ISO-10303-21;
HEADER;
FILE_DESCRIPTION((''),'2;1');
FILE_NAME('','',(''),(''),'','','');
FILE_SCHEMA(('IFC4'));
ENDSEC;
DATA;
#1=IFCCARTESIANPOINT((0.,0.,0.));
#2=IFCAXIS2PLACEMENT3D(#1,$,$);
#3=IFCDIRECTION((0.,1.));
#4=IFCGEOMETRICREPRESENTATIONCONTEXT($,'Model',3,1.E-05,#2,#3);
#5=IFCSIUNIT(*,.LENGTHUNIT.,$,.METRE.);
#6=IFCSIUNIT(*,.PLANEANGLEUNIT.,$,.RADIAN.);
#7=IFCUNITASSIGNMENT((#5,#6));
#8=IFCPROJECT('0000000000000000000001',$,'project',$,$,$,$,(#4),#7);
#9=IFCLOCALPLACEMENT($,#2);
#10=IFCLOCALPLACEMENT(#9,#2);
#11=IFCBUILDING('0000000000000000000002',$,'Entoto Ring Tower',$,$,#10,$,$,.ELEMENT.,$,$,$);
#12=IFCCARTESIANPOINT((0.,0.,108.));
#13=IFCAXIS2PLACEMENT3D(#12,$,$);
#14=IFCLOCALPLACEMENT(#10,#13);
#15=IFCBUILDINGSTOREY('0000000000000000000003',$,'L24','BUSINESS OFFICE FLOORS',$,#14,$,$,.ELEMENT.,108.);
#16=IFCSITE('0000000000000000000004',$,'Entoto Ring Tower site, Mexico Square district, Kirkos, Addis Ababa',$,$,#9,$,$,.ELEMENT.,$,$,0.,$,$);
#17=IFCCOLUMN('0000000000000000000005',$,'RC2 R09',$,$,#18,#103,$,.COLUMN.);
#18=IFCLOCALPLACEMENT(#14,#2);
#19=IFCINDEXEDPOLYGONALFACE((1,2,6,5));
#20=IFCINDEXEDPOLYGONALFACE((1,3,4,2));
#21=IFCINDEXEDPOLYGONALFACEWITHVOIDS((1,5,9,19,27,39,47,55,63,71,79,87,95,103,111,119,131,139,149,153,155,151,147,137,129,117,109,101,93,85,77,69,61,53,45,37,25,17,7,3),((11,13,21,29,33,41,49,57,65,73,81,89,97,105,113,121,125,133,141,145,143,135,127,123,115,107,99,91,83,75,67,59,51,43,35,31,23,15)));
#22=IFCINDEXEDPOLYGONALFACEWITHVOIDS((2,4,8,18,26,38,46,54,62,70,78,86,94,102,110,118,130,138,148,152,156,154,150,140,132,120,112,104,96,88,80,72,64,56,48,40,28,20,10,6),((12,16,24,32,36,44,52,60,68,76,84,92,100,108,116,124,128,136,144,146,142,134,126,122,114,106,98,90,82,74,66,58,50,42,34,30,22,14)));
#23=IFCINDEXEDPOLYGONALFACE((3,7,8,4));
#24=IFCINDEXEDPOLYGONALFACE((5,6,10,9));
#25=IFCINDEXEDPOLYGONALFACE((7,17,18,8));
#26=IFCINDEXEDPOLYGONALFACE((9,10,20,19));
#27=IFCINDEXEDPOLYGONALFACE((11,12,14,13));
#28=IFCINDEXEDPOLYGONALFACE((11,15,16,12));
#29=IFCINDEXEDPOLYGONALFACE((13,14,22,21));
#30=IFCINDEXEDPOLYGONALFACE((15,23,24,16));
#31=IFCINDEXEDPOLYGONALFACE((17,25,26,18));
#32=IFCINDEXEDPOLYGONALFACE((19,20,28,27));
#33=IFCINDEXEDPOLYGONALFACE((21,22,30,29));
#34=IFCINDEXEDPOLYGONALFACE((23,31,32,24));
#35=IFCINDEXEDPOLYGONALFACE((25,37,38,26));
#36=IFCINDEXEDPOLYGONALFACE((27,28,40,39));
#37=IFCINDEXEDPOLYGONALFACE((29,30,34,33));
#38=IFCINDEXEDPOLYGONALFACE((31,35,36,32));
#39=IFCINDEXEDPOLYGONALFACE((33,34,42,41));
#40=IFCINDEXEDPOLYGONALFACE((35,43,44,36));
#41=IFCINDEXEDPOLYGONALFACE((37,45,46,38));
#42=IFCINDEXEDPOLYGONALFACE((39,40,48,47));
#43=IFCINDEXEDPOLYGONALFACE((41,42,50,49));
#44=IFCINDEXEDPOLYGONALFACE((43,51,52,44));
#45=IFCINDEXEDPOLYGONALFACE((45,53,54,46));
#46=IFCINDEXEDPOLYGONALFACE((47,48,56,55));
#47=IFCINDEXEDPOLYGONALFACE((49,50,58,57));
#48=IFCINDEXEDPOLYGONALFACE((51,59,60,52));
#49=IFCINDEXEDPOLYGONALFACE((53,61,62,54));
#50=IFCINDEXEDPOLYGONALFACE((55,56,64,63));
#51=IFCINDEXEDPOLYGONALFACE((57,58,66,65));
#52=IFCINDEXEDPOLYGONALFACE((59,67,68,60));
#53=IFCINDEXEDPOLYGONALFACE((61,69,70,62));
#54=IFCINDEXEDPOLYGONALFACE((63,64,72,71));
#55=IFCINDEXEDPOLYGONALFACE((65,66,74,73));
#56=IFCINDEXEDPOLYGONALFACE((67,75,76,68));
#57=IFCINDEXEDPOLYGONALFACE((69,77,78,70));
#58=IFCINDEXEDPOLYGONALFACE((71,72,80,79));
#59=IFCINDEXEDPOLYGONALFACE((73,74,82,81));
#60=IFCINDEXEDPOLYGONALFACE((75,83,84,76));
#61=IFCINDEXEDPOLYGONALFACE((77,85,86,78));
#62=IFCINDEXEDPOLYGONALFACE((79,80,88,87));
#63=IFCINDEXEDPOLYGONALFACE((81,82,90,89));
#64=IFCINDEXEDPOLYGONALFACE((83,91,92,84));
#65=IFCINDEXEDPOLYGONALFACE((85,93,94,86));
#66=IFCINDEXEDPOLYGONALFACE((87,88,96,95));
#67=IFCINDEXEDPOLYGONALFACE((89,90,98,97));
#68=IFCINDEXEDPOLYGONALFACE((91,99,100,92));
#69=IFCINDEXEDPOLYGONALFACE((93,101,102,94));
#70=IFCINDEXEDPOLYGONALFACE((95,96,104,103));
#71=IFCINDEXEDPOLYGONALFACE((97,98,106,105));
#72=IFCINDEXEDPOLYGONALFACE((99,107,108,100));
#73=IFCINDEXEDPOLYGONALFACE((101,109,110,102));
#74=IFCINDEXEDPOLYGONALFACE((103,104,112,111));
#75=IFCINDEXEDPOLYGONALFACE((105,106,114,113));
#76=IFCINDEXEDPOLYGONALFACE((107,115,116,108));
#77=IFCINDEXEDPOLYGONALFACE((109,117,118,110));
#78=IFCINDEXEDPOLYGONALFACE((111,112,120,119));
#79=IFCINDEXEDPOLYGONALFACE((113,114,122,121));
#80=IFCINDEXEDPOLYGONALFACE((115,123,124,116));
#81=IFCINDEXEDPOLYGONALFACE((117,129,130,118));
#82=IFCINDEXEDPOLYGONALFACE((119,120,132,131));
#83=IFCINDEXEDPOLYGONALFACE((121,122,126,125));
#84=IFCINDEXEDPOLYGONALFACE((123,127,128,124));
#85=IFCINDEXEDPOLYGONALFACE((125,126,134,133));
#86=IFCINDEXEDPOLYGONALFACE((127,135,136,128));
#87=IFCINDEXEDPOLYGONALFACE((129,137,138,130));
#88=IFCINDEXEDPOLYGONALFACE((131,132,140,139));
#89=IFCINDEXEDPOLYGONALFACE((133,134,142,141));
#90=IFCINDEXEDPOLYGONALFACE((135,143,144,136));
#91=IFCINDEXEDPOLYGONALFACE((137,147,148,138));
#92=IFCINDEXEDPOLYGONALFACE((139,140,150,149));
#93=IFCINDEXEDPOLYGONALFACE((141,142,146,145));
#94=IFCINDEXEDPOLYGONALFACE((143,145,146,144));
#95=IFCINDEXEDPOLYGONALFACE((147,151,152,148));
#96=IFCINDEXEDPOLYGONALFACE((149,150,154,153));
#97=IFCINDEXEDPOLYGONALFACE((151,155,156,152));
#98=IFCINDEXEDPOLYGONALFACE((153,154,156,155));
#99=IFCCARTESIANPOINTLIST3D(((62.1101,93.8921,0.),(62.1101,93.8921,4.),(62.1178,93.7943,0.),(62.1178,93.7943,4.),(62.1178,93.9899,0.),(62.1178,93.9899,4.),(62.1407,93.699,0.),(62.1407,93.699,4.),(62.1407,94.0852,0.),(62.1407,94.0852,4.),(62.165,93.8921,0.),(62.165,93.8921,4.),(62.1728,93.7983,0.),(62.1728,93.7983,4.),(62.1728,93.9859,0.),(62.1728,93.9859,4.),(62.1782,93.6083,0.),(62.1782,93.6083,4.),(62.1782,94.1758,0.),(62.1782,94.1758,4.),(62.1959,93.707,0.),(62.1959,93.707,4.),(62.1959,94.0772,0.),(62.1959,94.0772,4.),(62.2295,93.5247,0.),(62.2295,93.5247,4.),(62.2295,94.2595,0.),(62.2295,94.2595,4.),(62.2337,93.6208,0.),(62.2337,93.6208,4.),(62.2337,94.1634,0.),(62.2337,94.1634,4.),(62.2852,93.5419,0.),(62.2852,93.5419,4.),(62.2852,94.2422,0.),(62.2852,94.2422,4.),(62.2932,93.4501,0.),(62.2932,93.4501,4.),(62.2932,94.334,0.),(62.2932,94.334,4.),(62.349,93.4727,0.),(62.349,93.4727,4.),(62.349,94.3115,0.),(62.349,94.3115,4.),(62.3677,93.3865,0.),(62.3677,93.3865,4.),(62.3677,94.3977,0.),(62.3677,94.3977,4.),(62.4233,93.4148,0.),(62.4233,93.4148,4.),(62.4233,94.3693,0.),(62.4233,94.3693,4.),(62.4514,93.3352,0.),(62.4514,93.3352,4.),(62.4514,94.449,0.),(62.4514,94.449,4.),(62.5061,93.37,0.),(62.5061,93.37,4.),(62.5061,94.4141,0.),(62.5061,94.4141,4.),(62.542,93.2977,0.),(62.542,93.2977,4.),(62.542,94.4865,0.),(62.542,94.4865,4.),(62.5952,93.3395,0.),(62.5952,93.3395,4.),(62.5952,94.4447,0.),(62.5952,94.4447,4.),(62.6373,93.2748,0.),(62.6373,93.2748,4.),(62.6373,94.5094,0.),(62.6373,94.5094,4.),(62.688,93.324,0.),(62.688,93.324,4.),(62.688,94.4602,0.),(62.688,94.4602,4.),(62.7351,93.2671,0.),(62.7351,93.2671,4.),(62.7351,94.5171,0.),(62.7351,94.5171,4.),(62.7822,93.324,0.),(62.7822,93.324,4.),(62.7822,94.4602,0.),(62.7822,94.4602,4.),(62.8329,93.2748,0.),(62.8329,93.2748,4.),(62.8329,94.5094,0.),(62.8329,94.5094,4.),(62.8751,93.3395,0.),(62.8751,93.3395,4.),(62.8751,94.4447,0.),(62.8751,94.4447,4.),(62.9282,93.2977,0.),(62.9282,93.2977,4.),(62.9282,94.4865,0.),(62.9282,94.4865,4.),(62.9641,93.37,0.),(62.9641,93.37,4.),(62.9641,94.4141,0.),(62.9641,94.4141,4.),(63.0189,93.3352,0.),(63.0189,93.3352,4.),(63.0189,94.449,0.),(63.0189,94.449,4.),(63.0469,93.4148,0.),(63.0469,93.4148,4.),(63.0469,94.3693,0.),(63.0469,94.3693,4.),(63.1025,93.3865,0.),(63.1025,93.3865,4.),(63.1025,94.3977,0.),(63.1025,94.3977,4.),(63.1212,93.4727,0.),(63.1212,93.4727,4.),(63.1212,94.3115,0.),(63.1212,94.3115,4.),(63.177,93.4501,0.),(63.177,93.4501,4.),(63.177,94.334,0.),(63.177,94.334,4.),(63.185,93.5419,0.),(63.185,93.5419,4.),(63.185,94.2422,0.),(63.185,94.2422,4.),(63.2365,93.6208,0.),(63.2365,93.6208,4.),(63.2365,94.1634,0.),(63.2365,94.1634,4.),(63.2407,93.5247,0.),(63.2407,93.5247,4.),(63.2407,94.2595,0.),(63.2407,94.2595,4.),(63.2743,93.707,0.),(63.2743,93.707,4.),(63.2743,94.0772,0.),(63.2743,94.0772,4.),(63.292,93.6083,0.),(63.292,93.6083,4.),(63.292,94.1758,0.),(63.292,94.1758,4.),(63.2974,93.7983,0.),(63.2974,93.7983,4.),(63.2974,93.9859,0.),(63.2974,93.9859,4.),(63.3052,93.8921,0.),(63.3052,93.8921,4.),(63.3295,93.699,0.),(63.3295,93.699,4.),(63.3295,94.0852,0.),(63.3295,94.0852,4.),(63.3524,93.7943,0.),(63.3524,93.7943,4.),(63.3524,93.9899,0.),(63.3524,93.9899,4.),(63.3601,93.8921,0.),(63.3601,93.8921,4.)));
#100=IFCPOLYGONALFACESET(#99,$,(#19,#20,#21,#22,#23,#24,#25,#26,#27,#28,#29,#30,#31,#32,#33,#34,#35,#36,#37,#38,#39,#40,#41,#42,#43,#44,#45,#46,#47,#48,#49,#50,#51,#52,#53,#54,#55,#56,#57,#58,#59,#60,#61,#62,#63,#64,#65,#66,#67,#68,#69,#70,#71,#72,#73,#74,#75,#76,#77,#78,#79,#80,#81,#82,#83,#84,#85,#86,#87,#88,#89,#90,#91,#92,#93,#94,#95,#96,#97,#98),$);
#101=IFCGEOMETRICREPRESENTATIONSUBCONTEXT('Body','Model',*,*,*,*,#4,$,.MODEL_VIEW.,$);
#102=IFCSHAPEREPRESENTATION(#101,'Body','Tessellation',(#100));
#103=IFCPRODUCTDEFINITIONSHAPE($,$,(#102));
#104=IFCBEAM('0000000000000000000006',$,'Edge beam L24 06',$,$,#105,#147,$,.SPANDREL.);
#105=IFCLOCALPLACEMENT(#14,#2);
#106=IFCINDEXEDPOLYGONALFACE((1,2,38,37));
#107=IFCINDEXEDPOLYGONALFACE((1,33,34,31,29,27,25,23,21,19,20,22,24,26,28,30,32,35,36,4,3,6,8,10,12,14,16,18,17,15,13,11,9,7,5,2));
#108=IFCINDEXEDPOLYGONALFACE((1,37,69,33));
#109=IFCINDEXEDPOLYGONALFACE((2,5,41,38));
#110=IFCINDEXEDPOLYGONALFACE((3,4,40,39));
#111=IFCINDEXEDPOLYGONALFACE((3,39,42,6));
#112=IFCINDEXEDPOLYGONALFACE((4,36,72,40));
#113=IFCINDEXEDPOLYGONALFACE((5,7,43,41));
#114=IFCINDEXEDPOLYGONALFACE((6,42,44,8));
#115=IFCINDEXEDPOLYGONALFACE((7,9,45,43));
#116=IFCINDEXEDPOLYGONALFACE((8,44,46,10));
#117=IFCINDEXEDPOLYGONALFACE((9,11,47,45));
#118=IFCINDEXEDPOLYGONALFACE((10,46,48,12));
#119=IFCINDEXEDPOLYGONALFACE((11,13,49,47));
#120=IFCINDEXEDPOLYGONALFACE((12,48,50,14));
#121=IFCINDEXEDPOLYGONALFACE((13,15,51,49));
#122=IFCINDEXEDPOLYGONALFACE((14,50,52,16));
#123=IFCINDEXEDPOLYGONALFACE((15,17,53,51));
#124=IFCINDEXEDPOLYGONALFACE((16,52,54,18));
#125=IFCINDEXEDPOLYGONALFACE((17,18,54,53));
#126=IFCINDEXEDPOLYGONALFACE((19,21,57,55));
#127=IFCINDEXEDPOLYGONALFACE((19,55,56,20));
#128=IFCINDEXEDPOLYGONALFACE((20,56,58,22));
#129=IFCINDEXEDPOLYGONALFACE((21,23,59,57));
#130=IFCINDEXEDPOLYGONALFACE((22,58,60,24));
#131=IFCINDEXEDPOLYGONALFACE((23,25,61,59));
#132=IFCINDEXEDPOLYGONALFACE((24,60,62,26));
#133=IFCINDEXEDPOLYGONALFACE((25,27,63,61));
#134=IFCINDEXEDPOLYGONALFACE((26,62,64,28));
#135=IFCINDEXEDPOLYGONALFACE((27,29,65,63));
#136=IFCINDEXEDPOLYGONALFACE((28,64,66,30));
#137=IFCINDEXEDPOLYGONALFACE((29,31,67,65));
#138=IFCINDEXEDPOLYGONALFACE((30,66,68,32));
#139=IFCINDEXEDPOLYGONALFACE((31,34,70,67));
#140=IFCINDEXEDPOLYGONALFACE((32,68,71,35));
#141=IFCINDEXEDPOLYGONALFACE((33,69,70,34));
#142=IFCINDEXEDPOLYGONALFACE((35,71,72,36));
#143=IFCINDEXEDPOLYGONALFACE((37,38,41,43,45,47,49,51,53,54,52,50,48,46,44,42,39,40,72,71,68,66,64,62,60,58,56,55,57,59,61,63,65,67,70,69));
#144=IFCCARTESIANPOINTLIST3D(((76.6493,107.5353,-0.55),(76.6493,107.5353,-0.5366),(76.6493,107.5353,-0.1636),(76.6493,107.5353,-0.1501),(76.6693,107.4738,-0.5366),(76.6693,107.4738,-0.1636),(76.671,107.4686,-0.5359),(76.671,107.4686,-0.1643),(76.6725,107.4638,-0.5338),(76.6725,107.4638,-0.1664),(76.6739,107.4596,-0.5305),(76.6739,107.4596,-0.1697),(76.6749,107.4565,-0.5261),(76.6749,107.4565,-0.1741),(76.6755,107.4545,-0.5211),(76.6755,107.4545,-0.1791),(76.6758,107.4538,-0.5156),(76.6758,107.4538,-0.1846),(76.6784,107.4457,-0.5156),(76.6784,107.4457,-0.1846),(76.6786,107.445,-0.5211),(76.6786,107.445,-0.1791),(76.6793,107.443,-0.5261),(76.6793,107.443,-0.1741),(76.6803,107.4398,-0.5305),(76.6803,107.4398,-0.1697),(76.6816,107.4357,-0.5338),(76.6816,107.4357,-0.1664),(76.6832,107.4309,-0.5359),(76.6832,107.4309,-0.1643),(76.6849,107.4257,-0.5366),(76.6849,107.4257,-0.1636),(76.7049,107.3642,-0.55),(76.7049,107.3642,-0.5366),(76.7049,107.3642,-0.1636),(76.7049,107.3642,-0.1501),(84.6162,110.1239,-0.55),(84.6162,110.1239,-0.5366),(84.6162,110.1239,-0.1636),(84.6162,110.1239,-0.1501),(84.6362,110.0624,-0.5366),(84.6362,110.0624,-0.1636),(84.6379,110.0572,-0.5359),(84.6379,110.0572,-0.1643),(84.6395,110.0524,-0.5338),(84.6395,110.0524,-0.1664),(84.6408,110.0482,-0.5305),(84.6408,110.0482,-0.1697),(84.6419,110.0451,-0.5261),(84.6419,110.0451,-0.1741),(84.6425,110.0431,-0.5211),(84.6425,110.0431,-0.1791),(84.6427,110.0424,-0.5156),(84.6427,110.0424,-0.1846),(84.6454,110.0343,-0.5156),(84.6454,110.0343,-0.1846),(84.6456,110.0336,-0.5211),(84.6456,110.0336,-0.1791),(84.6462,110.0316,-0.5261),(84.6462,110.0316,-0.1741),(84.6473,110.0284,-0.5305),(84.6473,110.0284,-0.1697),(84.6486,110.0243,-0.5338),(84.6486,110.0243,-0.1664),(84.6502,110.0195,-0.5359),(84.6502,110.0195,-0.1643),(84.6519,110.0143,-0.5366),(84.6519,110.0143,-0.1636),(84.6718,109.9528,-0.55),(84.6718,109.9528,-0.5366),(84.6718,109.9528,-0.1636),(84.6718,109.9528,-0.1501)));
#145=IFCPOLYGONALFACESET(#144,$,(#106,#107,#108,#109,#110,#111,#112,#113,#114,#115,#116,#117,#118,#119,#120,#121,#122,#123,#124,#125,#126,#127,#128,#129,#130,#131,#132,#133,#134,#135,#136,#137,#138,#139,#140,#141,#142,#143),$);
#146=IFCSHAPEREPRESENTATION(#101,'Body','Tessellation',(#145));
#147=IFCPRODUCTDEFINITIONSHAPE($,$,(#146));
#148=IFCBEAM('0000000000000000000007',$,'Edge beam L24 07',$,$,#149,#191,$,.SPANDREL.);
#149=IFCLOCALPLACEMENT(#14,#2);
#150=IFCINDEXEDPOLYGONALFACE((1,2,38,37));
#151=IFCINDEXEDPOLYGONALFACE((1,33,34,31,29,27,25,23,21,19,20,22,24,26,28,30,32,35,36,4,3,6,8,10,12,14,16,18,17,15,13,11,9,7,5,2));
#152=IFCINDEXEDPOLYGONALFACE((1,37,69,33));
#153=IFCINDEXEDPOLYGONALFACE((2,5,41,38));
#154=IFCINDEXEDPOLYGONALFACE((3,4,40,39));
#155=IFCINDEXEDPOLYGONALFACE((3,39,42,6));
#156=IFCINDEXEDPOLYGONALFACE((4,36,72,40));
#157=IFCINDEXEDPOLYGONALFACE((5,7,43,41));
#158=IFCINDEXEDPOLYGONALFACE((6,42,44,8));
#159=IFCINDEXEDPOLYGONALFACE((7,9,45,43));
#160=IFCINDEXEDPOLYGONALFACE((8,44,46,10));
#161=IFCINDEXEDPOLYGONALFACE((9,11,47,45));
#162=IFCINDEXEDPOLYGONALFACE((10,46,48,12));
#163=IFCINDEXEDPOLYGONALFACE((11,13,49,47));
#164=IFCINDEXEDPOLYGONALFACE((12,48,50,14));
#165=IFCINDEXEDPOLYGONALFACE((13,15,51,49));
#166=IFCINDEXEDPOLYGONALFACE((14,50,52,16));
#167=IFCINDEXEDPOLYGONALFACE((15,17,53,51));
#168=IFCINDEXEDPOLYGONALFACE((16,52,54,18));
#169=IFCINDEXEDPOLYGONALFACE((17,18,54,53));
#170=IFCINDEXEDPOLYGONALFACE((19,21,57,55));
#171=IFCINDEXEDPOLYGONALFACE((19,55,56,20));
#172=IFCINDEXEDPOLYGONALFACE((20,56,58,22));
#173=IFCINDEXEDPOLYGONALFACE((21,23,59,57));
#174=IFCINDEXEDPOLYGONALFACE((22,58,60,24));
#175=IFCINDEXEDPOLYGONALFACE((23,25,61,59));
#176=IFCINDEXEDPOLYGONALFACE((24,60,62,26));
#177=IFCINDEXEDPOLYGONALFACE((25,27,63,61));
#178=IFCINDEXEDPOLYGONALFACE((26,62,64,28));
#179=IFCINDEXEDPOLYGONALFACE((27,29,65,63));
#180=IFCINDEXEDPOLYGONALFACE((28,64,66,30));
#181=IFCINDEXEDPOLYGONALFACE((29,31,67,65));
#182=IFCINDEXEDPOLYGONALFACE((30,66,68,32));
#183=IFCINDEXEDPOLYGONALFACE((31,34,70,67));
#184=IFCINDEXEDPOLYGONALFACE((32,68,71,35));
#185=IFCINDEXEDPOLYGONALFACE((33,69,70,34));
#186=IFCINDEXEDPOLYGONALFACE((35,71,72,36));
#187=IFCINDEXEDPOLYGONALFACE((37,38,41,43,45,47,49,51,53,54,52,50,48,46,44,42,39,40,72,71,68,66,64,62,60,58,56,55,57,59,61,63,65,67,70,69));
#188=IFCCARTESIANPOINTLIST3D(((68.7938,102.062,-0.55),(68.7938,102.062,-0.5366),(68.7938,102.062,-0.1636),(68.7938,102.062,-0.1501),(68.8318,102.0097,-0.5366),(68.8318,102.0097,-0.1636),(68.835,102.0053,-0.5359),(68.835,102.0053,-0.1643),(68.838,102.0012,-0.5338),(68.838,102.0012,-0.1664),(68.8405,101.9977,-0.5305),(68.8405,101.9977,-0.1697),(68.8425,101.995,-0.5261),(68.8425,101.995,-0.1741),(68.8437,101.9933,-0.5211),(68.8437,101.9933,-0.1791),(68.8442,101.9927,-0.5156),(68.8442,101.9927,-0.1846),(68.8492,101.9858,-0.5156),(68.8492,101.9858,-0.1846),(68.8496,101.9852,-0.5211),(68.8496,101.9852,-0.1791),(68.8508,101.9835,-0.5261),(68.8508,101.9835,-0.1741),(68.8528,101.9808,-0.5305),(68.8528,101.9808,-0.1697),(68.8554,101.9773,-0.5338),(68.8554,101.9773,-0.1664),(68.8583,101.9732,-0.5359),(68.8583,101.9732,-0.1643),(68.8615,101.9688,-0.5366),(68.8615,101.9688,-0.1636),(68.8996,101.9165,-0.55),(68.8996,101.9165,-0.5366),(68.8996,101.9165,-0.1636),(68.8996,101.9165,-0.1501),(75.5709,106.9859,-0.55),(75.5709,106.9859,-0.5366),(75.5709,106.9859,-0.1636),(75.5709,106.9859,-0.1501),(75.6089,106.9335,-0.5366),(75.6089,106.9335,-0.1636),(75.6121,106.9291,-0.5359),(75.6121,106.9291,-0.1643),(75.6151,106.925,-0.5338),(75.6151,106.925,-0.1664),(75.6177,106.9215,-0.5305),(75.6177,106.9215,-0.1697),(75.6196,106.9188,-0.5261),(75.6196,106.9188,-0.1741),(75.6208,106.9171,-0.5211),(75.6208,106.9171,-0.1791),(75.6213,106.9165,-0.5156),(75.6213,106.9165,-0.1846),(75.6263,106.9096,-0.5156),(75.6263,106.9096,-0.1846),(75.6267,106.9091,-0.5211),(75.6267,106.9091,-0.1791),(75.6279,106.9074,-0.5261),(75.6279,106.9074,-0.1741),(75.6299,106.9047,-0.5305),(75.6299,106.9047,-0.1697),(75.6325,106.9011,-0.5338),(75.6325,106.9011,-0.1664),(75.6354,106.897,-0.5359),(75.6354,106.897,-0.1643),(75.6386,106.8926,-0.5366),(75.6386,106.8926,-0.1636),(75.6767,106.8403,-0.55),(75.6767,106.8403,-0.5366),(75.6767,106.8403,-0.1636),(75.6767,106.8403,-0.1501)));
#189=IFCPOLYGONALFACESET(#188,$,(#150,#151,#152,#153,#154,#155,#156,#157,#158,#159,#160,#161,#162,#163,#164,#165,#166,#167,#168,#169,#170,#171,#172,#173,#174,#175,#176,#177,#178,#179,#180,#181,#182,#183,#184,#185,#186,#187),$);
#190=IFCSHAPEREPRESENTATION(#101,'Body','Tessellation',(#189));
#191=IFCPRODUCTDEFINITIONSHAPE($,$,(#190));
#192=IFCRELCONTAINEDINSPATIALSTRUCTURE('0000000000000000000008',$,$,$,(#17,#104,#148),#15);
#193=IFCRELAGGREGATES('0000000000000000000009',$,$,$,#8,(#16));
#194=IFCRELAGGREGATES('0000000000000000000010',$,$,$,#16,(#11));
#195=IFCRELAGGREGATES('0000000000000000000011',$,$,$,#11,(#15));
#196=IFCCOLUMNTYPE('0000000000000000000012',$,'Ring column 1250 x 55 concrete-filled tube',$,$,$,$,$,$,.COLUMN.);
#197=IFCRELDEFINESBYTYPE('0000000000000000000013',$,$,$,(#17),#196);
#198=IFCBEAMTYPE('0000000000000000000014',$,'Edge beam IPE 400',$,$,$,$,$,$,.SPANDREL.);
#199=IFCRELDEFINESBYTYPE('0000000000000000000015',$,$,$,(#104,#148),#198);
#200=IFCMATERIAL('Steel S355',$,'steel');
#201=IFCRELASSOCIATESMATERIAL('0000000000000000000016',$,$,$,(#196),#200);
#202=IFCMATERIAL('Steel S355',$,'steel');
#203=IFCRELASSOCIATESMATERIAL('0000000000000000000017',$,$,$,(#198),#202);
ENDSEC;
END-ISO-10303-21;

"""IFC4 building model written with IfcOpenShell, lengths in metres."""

from ifc_helpers import new_model, si_unit, direction, frame, origin, origin_2d, place, context, subcontext, project, spatial, circle, hollow_circle, i_section, extrude, material, material_profile, profile_set, type_object, element, save


model = new_model("IFC4")

# Units and contexts
model_context = context("Model", 3, precision=1e-05, world=origin(), true_north=direction((0.0, 1.0)))
body_context = subcontext(model_context, "Body", "Model", "MODEL_VIEW")
ifc_project = project(units=[si_unit("LENGTHUNIT", "METRE"), si_unit("PLANEANGLEUNIT", "RADIAN")], contexts=[model_context])

# Site, building, storey
site_placement = place(None, origin())
site = spatial("IfcSite", under=ifc_project, at=site_placement, Name="Entoto Ring Tower site, Mexico Square district, Kirkos, Addis Ababa", CompositionType="ELEMENT", RefElevation=0.0)
building_placement = place(site_placement, origin())
building = spatial("IfcBuilding", under=site, at=building_placement, Name="Entoto Ring Tower", CompositionType="ELEMENT")
storey_placement = place(building_placement, frame((0.0, 0.0, 108.0)))
storey = spatial("IfcBuildingStorey", under=building, at=storey_placement, Name="L24", Description="BUSINESS OFFICE FLOORS", CompositionType="ELEMENT", Elevation=108.0)

# Column
ifc_material_1 = material(Name="Steel S355", Category="steel")
ifc_material_profile_1 = material_profile(ifc_material_1, hollow_circle(Radius=0.625, WallThickness=0.0549, at=origin_2d()), Name="CHS 1250 x 55")
ifc_material_2 = material(Name="Concrete C60/75", Category="concrete")
ifc_material_profile_2 = material_profile(ifc_material_2, circle(Radius=0.5701, at=origin_2d()), Name="Concrete C60/75 infill")
ifc_profile_set_1 = profile_set([ifc_material_profile_1, ifc_material_profile_2], Name="Steel S355")
column_type = type_object("IfcColumnType", Name="Ring column 1250 x 55 concrete-filled tube", PredefinedType="COLUMN", material=ifc_profile_set_1)
for number, where, z_axis, x_axis, name in (
    (1, (62.7351, 93.8921, 0.0), (0.0, 0.0, 1.0), (1.0, 0.0, 0.0), "RC2 R09"),
):
    element("IfcColumn", number, at=place(storey_placement, frame(where, z_axis=z_axis, x_axis=x_axis)), inside=storey, type_object=column_type, Name=name, PredefinedType="COLUMN", context=body_context, shape_type="SweptSolid", body=[
        extrude(hollow_circle(Radius=0.625, WallThickness=0.0549, at=origin_2d()), origin(), (0.0, 0.0, 1.0), 4.0),
    ])

# Beams
ifc_material_3 = material(Name="Steel S355", Category="steel")
ifc_material_profile_3 = material_profile(ifc_material_3, i_section(OverallWidth=0.1799, OverallDepth=0.3999, WebThickness=0.0085, FlangeThickness=0.0134, FilletRadius=0.021, at=origin_2d()), Name="IPE 400")
ifc_profile_set_2 = profile_set([ifc_material_profile_3], Name="Steel S355")
beam_type_1 = type_object("IfcBeamType", Name="Edge beam IPE 400", PredefinedType="SPANDREL", material=ifc_profile_set_2)
for number, where, z_axis, x_axis, name in (
    (2, (84.644, 110.0383, -0.3501), (-0.951057, -0.309014, 0.0), (0.309014, -0.951057, 0.0), "Edge beam L24 06"),
    (3, (75.6238, 106.9131, -0.3501), (-0.809018, -0.587783, 0.0), (0.587783, -0.809018, 0.0), "Edge beam L24 07"),
):
    element("IfcBeam", number, at=place(storey_placement, frame(where, z_axis=z_axis, x_axis=x_axis)), inside=storey, type_object=beam_type_1, Name=name, PredefinedType="SPANDREL", context=body_context, shape_type="SweptSolid", body=[
        extrude(i_section(OverallWidth=0.1799, OverallDepth=0.3999, WebThickness=0.0085, FlangeThickness=0.0134, FilletRadius=0.021, at=origin_2d()), origin(), (0.0, 0.0, 1.0), 8.377),
    ])

save(model, "model.ifc")
